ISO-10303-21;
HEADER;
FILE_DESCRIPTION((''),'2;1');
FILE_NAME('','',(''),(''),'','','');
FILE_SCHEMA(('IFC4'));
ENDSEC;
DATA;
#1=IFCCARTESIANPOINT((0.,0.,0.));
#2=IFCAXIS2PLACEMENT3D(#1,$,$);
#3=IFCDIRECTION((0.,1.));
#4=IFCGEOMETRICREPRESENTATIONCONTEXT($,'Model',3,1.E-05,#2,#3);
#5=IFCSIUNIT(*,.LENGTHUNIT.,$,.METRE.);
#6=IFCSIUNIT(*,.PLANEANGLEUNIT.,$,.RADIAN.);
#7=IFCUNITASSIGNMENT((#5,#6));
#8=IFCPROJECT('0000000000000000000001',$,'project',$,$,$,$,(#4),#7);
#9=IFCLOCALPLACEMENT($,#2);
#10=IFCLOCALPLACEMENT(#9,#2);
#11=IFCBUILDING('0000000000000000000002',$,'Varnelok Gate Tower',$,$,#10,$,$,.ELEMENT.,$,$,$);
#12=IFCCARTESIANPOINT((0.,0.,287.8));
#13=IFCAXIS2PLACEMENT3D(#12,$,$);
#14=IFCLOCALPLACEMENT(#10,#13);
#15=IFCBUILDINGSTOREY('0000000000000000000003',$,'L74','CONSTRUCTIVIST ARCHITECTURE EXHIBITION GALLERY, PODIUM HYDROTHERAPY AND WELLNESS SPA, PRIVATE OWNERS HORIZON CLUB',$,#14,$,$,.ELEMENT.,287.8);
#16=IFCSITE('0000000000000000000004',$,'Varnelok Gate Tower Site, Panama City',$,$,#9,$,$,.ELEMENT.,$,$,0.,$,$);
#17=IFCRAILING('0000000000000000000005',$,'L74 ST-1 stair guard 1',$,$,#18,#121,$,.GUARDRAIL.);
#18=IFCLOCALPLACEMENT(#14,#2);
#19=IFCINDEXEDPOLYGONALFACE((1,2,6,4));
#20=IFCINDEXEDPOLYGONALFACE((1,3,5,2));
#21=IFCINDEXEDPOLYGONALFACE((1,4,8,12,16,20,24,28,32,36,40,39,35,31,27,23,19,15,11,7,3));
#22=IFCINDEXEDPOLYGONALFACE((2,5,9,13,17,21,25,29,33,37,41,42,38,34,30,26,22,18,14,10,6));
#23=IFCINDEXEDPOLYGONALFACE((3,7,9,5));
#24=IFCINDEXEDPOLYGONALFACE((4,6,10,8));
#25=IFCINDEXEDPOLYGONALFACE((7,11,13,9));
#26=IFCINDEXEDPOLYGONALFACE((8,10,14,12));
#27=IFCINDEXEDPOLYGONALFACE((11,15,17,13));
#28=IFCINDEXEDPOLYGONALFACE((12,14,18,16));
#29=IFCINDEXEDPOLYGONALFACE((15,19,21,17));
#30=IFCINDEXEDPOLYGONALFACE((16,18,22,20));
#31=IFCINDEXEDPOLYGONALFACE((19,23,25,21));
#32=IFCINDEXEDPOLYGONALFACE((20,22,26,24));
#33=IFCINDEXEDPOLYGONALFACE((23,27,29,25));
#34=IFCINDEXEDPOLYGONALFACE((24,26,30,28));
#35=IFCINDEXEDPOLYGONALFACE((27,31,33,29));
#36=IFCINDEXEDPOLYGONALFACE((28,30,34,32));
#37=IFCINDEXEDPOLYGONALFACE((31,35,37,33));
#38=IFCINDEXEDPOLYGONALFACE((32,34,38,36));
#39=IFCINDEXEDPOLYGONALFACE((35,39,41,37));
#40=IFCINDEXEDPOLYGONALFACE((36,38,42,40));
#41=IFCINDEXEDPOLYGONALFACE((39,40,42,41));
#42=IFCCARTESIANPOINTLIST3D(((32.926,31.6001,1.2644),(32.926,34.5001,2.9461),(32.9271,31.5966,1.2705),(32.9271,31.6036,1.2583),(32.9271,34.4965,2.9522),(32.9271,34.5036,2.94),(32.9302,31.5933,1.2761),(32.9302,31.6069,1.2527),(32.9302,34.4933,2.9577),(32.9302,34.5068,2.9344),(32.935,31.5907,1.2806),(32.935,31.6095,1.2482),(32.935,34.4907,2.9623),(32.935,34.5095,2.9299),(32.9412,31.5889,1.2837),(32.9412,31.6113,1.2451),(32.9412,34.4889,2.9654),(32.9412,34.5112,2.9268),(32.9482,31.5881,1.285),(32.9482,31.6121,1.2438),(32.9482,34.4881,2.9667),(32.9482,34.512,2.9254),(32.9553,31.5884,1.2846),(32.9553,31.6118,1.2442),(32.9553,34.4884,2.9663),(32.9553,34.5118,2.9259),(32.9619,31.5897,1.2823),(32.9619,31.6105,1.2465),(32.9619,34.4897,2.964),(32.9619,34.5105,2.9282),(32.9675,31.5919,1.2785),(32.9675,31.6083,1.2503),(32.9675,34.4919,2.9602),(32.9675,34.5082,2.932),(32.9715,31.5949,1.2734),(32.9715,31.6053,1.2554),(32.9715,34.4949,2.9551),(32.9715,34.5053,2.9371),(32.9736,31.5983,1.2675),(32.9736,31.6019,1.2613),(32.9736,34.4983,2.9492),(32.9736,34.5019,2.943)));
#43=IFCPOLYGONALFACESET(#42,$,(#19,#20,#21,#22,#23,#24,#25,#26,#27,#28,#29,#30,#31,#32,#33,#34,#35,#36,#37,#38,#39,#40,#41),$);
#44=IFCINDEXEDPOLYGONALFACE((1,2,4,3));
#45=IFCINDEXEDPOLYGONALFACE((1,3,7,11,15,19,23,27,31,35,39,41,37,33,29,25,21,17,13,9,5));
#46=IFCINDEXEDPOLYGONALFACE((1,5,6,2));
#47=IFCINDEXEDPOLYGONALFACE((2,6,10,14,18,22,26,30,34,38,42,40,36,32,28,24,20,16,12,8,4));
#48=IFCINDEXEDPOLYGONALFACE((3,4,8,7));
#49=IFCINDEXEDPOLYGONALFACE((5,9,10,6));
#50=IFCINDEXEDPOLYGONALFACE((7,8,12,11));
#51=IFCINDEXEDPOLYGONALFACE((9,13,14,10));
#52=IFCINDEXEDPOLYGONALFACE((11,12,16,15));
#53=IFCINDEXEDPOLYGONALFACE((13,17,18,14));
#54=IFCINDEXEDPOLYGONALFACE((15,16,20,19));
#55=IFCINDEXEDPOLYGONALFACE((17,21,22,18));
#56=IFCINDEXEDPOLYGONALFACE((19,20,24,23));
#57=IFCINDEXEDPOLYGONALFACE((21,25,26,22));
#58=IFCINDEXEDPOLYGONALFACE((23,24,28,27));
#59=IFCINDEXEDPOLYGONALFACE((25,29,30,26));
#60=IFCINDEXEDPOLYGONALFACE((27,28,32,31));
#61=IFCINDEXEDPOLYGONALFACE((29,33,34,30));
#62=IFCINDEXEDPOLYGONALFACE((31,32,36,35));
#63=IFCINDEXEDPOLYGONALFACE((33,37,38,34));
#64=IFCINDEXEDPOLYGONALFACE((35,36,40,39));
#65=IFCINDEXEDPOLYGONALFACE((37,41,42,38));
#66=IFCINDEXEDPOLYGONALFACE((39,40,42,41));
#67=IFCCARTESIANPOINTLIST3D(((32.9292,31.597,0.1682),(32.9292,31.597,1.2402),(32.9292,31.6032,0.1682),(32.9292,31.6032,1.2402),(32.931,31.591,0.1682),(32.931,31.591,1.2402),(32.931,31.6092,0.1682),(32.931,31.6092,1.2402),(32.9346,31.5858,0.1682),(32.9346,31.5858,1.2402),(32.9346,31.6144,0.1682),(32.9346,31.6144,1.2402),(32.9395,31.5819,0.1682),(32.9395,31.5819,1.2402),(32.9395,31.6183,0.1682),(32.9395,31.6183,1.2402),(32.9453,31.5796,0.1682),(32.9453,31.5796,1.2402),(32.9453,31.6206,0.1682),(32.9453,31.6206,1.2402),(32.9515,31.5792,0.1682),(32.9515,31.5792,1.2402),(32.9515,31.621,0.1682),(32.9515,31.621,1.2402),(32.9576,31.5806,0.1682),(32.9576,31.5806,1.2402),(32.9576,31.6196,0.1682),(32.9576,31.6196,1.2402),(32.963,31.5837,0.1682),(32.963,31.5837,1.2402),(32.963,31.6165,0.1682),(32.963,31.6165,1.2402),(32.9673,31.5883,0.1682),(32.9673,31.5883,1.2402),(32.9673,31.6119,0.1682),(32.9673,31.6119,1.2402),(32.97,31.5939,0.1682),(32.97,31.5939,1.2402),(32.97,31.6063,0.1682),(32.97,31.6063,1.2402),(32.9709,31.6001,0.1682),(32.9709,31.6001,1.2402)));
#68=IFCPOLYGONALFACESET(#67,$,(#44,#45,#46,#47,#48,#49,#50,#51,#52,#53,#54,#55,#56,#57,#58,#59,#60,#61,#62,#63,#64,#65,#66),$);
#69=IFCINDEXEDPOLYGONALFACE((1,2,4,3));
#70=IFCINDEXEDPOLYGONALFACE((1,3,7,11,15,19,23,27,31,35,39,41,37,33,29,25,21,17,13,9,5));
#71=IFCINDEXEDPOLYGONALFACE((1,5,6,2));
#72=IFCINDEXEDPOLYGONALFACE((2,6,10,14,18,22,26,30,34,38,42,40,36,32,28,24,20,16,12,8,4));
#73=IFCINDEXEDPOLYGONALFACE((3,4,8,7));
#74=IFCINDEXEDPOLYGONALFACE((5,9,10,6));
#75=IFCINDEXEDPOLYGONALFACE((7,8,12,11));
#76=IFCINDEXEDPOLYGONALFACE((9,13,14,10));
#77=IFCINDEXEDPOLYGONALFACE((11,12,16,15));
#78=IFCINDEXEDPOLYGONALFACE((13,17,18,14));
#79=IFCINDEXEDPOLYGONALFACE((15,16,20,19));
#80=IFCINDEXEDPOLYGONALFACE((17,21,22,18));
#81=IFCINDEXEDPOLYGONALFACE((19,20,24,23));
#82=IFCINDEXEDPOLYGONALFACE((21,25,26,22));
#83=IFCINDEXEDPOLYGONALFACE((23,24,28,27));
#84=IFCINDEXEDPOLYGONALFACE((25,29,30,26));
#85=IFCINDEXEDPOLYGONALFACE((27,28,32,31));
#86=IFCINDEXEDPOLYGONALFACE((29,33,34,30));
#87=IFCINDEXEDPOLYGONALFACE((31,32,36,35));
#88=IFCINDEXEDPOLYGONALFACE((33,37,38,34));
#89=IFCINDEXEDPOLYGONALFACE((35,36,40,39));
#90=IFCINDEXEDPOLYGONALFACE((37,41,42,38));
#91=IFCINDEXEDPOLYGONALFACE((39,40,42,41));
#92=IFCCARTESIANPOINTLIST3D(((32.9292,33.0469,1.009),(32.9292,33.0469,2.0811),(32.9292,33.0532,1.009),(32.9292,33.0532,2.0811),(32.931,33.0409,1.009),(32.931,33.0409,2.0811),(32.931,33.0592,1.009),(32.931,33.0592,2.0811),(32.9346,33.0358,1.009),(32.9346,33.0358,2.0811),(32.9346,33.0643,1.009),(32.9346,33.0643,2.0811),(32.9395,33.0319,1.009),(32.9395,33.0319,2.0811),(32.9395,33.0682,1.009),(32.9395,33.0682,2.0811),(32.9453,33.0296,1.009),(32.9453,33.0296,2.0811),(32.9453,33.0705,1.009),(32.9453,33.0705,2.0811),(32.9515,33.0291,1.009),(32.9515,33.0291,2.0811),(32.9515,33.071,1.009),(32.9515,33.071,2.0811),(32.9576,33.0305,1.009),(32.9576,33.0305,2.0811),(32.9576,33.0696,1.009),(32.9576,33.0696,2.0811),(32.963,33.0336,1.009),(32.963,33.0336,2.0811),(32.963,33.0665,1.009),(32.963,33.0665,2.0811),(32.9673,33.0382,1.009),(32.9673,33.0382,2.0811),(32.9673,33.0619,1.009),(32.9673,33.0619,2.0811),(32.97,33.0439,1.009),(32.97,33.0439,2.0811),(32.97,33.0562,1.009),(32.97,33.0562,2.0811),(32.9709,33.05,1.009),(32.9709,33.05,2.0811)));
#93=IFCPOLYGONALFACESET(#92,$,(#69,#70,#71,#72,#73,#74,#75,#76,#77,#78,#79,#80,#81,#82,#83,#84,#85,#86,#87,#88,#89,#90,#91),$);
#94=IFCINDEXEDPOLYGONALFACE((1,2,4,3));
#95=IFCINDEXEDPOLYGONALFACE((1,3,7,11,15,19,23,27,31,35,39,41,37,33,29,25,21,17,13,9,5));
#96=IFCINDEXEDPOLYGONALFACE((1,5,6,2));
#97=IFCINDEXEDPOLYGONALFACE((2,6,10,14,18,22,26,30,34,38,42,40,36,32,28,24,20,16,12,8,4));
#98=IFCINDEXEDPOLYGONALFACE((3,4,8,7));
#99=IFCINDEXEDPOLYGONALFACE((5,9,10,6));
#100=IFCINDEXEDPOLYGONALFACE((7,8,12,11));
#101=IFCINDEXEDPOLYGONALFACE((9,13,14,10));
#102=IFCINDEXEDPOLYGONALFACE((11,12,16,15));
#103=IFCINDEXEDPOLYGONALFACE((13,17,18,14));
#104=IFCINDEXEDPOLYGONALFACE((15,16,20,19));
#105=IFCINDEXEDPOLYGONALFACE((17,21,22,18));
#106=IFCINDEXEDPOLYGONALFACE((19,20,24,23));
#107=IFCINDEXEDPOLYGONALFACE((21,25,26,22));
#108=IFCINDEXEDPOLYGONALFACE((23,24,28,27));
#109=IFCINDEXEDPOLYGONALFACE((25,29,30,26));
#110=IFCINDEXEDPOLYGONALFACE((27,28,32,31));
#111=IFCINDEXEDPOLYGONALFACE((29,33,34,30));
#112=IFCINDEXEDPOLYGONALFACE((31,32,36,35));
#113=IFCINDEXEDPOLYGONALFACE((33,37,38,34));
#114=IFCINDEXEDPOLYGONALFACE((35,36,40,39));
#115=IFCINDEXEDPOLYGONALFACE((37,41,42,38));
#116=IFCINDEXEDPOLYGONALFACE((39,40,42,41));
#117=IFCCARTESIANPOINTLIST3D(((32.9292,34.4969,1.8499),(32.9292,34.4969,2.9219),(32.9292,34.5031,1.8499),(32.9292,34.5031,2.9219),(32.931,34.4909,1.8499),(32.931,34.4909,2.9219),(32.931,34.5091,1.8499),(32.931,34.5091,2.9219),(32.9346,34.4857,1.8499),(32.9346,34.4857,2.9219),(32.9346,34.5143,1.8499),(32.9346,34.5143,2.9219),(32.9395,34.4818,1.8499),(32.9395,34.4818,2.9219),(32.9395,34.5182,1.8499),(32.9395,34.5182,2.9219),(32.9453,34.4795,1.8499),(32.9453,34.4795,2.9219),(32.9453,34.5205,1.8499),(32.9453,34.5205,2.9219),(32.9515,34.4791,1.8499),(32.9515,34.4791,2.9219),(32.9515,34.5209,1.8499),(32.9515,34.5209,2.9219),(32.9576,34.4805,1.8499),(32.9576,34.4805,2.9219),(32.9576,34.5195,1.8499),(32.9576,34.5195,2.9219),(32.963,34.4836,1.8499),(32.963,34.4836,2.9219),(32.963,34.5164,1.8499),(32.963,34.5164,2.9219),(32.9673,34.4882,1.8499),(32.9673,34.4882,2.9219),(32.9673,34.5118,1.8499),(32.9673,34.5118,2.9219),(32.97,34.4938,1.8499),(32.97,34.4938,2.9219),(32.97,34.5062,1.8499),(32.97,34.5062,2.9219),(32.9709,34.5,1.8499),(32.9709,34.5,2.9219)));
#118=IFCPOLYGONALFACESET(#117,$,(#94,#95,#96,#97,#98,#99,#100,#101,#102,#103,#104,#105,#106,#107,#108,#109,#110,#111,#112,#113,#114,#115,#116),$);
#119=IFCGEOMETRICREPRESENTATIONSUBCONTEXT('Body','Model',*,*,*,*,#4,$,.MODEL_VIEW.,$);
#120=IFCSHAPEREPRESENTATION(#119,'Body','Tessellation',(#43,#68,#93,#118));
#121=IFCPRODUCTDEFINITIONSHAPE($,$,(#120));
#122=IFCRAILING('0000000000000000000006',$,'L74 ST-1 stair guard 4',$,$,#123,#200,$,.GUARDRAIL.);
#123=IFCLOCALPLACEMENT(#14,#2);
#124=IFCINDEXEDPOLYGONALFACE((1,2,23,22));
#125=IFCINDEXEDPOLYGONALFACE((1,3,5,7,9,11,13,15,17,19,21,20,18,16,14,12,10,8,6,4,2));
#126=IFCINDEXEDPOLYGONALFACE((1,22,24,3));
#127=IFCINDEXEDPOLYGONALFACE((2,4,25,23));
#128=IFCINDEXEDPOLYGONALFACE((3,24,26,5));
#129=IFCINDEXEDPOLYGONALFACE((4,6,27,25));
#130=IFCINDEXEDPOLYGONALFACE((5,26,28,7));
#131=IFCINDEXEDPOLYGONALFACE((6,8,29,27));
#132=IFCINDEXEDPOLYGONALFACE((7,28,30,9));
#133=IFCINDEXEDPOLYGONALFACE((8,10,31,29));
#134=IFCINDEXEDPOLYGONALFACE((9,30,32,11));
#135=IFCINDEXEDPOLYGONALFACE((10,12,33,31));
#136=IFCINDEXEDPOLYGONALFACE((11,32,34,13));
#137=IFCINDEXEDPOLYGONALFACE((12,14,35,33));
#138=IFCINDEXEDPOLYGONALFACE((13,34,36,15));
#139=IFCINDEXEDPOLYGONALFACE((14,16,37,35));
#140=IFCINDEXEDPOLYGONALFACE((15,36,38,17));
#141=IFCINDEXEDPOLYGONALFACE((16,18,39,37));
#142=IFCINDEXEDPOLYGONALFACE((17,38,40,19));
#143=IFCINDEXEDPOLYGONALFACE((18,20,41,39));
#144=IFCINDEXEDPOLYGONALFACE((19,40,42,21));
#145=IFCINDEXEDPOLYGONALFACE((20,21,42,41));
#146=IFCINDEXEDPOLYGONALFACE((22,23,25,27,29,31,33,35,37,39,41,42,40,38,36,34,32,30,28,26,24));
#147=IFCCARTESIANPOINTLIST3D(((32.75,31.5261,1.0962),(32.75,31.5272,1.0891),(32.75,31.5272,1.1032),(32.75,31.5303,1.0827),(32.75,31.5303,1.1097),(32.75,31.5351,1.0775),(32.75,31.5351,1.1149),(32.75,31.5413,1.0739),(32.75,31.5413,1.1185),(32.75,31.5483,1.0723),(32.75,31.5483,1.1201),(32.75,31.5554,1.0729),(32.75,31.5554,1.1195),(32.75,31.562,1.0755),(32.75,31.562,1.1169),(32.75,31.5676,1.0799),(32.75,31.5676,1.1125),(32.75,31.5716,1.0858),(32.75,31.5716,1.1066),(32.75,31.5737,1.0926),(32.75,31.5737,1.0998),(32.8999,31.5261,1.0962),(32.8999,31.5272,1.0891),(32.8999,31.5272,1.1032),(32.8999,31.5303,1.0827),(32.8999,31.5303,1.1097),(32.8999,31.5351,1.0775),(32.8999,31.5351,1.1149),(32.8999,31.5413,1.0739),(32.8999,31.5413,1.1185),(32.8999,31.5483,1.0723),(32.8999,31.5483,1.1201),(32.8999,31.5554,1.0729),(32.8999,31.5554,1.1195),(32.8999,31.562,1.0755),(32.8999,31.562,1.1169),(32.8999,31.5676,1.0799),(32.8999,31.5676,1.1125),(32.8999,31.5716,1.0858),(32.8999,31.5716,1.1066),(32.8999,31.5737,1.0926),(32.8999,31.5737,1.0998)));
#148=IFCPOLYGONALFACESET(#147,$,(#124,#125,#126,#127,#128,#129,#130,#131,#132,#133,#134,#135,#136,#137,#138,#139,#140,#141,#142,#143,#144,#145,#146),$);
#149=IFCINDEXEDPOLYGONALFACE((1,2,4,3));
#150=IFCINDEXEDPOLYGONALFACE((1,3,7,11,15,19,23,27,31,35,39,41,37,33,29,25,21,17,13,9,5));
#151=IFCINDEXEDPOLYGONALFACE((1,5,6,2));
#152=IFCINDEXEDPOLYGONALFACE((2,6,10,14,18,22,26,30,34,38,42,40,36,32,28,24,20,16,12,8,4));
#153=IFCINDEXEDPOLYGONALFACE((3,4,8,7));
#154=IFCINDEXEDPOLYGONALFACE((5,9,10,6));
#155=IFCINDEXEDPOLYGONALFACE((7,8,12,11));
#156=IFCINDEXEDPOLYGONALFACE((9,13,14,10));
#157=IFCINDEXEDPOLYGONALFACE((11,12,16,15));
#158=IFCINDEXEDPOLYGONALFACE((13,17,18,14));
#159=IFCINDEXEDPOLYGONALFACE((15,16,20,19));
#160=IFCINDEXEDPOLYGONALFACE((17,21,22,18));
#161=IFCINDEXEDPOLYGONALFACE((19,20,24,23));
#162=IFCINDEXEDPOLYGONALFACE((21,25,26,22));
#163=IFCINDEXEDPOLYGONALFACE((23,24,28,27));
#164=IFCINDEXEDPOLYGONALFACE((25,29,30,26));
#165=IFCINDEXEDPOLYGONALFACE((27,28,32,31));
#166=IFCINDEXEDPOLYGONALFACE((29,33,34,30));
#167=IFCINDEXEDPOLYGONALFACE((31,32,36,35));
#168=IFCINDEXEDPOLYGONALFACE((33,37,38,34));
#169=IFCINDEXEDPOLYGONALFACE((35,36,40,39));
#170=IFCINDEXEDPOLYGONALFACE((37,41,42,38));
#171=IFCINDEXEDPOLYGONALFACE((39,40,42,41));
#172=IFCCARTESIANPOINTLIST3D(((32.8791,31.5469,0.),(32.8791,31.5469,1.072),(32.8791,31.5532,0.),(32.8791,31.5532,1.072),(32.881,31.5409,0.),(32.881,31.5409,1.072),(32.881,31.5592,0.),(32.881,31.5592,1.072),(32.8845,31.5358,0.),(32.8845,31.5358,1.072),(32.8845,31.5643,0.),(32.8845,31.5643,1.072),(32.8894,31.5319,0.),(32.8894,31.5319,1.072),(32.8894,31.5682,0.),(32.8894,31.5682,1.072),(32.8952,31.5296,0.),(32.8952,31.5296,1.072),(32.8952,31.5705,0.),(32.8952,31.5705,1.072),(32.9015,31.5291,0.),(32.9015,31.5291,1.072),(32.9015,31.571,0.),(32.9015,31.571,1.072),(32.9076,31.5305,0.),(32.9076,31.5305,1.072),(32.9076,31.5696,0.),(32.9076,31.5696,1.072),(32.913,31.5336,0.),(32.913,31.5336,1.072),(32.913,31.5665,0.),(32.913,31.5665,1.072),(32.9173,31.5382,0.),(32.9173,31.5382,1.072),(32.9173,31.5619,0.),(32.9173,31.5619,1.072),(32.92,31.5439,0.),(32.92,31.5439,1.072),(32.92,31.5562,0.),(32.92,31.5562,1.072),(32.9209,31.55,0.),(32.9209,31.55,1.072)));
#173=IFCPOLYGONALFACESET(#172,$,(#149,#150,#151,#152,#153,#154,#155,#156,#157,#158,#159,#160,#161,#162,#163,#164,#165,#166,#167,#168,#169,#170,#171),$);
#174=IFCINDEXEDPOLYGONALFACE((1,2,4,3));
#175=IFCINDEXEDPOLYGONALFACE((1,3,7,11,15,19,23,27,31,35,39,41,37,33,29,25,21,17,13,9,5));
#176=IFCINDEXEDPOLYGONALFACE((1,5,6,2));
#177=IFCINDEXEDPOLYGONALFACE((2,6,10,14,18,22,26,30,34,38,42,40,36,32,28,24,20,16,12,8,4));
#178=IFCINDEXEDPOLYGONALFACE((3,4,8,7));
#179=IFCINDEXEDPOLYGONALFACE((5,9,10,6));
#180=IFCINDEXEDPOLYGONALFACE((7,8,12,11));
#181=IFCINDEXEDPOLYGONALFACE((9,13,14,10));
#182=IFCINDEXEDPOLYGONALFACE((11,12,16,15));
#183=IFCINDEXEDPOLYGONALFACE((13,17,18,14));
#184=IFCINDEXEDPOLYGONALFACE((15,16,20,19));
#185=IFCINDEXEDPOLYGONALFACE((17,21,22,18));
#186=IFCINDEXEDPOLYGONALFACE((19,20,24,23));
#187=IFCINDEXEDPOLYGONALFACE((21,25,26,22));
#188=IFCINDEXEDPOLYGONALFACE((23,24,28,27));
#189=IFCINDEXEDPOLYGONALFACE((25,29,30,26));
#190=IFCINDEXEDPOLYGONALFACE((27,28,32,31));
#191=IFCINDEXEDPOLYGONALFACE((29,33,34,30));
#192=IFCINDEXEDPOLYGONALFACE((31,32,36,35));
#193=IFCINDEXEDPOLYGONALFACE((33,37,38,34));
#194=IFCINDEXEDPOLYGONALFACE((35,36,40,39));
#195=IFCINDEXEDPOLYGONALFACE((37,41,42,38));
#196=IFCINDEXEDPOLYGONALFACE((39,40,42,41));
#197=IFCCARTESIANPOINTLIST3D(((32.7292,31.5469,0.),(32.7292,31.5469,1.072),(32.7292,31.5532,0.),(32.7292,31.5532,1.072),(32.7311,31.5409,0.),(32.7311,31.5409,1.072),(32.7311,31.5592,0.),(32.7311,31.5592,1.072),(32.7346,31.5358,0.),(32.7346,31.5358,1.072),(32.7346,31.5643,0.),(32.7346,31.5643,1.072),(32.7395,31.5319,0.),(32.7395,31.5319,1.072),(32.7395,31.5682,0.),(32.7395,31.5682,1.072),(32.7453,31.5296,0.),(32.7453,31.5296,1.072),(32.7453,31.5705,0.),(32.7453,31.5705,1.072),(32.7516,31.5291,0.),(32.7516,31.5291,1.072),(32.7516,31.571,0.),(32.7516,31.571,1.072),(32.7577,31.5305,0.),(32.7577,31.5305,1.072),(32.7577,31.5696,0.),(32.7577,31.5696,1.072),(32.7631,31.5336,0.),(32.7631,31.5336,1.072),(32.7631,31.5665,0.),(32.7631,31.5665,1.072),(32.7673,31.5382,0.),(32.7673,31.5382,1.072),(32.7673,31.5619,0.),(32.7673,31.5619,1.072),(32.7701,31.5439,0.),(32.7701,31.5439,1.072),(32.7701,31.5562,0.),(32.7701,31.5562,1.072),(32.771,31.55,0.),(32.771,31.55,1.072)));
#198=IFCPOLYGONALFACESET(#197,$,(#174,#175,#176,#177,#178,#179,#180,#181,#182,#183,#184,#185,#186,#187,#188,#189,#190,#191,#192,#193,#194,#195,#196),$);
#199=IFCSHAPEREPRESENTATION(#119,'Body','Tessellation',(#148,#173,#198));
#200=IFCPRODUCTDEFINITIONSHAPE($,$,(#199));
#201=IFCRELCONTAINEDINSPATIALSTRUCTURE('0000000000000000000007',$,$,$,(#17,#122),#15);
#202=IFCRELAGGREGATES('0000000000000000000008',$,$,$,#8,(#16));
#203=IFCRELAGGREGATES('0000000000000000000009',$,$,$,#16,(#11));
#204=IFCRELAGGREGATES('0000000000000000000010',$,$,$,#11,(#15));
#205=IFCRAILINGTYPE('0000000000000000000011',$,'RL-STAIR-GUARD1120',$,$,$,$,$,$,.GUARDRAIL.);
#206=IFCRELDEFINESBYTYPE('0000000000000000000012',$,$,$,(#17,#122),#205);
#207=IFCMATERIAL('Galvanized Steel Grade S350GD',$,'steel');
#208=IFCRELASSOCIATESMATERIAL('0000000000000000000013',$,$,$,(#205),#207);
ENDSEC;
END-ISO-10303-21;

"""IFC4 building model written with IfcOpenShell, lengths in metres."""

from ifc_helpers import new_model, si_unit, direction, frame, origin, origin_2d, place, context, subcontext, project, spatial, circle, extrude, material, type_object, element, save


model = new_model("IFC4")

# Units and contexts
model_context = context("Model", 3, precision=1e-05, world=origin(), true_north=direction((0.0, 1.0)))
body_context = subcontext(model_context, "Body", "Model", "MODEL_VIEW")
ifc_project = project(units=[si_unit("LENGTHUNIT", "METRE"), si_unit("PLANEANGLEUNIT", "RADIAN")], contexts=[model_context])

# Site, building, storey
site_placement = place(None, origin())
site = spatial("IfcSite", under=ifc_project, at=site_placement, Name="Varnelok Gate Tower Site, Panama City", CompositionType="ELEMENT", RefElevation=0.0)
building_placement = place(site_placement, origin())
building = spatial("IfcBuilding", under=site, at=building_placement, Name="Varnelok Gate Tower", CompositionType="ELEMENT")
storey_placement = place(building_placement, frame((0.0, 0.0, 287.8)))
storey = spatial("IfcBuildingStorey", under=building, at=storey_placement, Name="L74", Description="CONSTRUCTIVIST ARCHITECTURE EXHIBITION GALLERY, PODIUM HYDROTHERAPY AND WELLNESS SPA, PRIVATE OWNERS HORIZON CLUB", CompositionType="ELEMENT", Elevation=287.8)

# Shared definitions
ifc_material_1 = material(Name="Galvanized Steel Grade S350GD", Category="steel")

# Railings
railing_type_1 = type_object("IfcRailingType", Name="RL-STAIR-GUARD1120", PredefinedType="GUARDRAIL", material=ifc_material_1)
railing_1_placement = place(storey_placement, frame((32.95, 31.6001, 0.1682)))
element("IfcRailing", 1, at=railing_1_placement, inside=storey, type_object=railing_type_1, Name="L74 ST-1 stair guard 1", PredefinedType="GUARDRAIL", context=body_context, shape_type="SweptSolid", body=[
    extrude(circle(Radius=0.0239, at=origin_2d()), frame((0.0, 0.0, 1.0962), z_axis=(0.0, 0.86507, 0.501651), x_axis=(-1.0, 0.0, 0.0)), (0.0, 0.0, 1.0), 3.3523),
    extrude(circle(Radius=0.021, at=origin_2d()), origin(), (0.0, 0.0, 1.0), 1.072),
    extrude(circle(Radius=0.021, at=origin_2d()), frame((0.0, 1.45, 0.8408)), (0.0, 0.0, 1.0), 1.072),
    extrude(circle(Radius=0.021, at=origin_2d()), frame((0.0, 2.8999, 1.6816)), (0.0, 0.0, 1.0), 1.072),
])
railing_2_placement = place(storey_placement, frame((32.8999, 31.55, 0.0)))
element("IfcRailing", 2, at=railing_2_placement, inside=storey, type_object=railing_type_1, Name="L74 ST-1 stair guard 4", PredefinedType="GUARDRAIL", context=body_context, shape_type="SweptSolid", body=[
    extrude(circle(Radius=0.0239, at=origin_2d()), frame((0.0, 0.0, 1.0962), z_axis=(-1.0, 0.0, 0.0), x_axis=(0.0, -1.0, 0.0)), (0.0, 0.0, 1.0), 0.1499),
    extrude(circle(Radius=0.021, at=origin_2d()), origin(), (0.0, 0.0, 1.0), 1.072),
    extrude(circle(Radius=0.021, at=origin_2d()), frame((-0.1499, 0.0, 0.0)), (0.0, 0.0, 1.0), 1.072),
])

save(model, "model.ifc")
